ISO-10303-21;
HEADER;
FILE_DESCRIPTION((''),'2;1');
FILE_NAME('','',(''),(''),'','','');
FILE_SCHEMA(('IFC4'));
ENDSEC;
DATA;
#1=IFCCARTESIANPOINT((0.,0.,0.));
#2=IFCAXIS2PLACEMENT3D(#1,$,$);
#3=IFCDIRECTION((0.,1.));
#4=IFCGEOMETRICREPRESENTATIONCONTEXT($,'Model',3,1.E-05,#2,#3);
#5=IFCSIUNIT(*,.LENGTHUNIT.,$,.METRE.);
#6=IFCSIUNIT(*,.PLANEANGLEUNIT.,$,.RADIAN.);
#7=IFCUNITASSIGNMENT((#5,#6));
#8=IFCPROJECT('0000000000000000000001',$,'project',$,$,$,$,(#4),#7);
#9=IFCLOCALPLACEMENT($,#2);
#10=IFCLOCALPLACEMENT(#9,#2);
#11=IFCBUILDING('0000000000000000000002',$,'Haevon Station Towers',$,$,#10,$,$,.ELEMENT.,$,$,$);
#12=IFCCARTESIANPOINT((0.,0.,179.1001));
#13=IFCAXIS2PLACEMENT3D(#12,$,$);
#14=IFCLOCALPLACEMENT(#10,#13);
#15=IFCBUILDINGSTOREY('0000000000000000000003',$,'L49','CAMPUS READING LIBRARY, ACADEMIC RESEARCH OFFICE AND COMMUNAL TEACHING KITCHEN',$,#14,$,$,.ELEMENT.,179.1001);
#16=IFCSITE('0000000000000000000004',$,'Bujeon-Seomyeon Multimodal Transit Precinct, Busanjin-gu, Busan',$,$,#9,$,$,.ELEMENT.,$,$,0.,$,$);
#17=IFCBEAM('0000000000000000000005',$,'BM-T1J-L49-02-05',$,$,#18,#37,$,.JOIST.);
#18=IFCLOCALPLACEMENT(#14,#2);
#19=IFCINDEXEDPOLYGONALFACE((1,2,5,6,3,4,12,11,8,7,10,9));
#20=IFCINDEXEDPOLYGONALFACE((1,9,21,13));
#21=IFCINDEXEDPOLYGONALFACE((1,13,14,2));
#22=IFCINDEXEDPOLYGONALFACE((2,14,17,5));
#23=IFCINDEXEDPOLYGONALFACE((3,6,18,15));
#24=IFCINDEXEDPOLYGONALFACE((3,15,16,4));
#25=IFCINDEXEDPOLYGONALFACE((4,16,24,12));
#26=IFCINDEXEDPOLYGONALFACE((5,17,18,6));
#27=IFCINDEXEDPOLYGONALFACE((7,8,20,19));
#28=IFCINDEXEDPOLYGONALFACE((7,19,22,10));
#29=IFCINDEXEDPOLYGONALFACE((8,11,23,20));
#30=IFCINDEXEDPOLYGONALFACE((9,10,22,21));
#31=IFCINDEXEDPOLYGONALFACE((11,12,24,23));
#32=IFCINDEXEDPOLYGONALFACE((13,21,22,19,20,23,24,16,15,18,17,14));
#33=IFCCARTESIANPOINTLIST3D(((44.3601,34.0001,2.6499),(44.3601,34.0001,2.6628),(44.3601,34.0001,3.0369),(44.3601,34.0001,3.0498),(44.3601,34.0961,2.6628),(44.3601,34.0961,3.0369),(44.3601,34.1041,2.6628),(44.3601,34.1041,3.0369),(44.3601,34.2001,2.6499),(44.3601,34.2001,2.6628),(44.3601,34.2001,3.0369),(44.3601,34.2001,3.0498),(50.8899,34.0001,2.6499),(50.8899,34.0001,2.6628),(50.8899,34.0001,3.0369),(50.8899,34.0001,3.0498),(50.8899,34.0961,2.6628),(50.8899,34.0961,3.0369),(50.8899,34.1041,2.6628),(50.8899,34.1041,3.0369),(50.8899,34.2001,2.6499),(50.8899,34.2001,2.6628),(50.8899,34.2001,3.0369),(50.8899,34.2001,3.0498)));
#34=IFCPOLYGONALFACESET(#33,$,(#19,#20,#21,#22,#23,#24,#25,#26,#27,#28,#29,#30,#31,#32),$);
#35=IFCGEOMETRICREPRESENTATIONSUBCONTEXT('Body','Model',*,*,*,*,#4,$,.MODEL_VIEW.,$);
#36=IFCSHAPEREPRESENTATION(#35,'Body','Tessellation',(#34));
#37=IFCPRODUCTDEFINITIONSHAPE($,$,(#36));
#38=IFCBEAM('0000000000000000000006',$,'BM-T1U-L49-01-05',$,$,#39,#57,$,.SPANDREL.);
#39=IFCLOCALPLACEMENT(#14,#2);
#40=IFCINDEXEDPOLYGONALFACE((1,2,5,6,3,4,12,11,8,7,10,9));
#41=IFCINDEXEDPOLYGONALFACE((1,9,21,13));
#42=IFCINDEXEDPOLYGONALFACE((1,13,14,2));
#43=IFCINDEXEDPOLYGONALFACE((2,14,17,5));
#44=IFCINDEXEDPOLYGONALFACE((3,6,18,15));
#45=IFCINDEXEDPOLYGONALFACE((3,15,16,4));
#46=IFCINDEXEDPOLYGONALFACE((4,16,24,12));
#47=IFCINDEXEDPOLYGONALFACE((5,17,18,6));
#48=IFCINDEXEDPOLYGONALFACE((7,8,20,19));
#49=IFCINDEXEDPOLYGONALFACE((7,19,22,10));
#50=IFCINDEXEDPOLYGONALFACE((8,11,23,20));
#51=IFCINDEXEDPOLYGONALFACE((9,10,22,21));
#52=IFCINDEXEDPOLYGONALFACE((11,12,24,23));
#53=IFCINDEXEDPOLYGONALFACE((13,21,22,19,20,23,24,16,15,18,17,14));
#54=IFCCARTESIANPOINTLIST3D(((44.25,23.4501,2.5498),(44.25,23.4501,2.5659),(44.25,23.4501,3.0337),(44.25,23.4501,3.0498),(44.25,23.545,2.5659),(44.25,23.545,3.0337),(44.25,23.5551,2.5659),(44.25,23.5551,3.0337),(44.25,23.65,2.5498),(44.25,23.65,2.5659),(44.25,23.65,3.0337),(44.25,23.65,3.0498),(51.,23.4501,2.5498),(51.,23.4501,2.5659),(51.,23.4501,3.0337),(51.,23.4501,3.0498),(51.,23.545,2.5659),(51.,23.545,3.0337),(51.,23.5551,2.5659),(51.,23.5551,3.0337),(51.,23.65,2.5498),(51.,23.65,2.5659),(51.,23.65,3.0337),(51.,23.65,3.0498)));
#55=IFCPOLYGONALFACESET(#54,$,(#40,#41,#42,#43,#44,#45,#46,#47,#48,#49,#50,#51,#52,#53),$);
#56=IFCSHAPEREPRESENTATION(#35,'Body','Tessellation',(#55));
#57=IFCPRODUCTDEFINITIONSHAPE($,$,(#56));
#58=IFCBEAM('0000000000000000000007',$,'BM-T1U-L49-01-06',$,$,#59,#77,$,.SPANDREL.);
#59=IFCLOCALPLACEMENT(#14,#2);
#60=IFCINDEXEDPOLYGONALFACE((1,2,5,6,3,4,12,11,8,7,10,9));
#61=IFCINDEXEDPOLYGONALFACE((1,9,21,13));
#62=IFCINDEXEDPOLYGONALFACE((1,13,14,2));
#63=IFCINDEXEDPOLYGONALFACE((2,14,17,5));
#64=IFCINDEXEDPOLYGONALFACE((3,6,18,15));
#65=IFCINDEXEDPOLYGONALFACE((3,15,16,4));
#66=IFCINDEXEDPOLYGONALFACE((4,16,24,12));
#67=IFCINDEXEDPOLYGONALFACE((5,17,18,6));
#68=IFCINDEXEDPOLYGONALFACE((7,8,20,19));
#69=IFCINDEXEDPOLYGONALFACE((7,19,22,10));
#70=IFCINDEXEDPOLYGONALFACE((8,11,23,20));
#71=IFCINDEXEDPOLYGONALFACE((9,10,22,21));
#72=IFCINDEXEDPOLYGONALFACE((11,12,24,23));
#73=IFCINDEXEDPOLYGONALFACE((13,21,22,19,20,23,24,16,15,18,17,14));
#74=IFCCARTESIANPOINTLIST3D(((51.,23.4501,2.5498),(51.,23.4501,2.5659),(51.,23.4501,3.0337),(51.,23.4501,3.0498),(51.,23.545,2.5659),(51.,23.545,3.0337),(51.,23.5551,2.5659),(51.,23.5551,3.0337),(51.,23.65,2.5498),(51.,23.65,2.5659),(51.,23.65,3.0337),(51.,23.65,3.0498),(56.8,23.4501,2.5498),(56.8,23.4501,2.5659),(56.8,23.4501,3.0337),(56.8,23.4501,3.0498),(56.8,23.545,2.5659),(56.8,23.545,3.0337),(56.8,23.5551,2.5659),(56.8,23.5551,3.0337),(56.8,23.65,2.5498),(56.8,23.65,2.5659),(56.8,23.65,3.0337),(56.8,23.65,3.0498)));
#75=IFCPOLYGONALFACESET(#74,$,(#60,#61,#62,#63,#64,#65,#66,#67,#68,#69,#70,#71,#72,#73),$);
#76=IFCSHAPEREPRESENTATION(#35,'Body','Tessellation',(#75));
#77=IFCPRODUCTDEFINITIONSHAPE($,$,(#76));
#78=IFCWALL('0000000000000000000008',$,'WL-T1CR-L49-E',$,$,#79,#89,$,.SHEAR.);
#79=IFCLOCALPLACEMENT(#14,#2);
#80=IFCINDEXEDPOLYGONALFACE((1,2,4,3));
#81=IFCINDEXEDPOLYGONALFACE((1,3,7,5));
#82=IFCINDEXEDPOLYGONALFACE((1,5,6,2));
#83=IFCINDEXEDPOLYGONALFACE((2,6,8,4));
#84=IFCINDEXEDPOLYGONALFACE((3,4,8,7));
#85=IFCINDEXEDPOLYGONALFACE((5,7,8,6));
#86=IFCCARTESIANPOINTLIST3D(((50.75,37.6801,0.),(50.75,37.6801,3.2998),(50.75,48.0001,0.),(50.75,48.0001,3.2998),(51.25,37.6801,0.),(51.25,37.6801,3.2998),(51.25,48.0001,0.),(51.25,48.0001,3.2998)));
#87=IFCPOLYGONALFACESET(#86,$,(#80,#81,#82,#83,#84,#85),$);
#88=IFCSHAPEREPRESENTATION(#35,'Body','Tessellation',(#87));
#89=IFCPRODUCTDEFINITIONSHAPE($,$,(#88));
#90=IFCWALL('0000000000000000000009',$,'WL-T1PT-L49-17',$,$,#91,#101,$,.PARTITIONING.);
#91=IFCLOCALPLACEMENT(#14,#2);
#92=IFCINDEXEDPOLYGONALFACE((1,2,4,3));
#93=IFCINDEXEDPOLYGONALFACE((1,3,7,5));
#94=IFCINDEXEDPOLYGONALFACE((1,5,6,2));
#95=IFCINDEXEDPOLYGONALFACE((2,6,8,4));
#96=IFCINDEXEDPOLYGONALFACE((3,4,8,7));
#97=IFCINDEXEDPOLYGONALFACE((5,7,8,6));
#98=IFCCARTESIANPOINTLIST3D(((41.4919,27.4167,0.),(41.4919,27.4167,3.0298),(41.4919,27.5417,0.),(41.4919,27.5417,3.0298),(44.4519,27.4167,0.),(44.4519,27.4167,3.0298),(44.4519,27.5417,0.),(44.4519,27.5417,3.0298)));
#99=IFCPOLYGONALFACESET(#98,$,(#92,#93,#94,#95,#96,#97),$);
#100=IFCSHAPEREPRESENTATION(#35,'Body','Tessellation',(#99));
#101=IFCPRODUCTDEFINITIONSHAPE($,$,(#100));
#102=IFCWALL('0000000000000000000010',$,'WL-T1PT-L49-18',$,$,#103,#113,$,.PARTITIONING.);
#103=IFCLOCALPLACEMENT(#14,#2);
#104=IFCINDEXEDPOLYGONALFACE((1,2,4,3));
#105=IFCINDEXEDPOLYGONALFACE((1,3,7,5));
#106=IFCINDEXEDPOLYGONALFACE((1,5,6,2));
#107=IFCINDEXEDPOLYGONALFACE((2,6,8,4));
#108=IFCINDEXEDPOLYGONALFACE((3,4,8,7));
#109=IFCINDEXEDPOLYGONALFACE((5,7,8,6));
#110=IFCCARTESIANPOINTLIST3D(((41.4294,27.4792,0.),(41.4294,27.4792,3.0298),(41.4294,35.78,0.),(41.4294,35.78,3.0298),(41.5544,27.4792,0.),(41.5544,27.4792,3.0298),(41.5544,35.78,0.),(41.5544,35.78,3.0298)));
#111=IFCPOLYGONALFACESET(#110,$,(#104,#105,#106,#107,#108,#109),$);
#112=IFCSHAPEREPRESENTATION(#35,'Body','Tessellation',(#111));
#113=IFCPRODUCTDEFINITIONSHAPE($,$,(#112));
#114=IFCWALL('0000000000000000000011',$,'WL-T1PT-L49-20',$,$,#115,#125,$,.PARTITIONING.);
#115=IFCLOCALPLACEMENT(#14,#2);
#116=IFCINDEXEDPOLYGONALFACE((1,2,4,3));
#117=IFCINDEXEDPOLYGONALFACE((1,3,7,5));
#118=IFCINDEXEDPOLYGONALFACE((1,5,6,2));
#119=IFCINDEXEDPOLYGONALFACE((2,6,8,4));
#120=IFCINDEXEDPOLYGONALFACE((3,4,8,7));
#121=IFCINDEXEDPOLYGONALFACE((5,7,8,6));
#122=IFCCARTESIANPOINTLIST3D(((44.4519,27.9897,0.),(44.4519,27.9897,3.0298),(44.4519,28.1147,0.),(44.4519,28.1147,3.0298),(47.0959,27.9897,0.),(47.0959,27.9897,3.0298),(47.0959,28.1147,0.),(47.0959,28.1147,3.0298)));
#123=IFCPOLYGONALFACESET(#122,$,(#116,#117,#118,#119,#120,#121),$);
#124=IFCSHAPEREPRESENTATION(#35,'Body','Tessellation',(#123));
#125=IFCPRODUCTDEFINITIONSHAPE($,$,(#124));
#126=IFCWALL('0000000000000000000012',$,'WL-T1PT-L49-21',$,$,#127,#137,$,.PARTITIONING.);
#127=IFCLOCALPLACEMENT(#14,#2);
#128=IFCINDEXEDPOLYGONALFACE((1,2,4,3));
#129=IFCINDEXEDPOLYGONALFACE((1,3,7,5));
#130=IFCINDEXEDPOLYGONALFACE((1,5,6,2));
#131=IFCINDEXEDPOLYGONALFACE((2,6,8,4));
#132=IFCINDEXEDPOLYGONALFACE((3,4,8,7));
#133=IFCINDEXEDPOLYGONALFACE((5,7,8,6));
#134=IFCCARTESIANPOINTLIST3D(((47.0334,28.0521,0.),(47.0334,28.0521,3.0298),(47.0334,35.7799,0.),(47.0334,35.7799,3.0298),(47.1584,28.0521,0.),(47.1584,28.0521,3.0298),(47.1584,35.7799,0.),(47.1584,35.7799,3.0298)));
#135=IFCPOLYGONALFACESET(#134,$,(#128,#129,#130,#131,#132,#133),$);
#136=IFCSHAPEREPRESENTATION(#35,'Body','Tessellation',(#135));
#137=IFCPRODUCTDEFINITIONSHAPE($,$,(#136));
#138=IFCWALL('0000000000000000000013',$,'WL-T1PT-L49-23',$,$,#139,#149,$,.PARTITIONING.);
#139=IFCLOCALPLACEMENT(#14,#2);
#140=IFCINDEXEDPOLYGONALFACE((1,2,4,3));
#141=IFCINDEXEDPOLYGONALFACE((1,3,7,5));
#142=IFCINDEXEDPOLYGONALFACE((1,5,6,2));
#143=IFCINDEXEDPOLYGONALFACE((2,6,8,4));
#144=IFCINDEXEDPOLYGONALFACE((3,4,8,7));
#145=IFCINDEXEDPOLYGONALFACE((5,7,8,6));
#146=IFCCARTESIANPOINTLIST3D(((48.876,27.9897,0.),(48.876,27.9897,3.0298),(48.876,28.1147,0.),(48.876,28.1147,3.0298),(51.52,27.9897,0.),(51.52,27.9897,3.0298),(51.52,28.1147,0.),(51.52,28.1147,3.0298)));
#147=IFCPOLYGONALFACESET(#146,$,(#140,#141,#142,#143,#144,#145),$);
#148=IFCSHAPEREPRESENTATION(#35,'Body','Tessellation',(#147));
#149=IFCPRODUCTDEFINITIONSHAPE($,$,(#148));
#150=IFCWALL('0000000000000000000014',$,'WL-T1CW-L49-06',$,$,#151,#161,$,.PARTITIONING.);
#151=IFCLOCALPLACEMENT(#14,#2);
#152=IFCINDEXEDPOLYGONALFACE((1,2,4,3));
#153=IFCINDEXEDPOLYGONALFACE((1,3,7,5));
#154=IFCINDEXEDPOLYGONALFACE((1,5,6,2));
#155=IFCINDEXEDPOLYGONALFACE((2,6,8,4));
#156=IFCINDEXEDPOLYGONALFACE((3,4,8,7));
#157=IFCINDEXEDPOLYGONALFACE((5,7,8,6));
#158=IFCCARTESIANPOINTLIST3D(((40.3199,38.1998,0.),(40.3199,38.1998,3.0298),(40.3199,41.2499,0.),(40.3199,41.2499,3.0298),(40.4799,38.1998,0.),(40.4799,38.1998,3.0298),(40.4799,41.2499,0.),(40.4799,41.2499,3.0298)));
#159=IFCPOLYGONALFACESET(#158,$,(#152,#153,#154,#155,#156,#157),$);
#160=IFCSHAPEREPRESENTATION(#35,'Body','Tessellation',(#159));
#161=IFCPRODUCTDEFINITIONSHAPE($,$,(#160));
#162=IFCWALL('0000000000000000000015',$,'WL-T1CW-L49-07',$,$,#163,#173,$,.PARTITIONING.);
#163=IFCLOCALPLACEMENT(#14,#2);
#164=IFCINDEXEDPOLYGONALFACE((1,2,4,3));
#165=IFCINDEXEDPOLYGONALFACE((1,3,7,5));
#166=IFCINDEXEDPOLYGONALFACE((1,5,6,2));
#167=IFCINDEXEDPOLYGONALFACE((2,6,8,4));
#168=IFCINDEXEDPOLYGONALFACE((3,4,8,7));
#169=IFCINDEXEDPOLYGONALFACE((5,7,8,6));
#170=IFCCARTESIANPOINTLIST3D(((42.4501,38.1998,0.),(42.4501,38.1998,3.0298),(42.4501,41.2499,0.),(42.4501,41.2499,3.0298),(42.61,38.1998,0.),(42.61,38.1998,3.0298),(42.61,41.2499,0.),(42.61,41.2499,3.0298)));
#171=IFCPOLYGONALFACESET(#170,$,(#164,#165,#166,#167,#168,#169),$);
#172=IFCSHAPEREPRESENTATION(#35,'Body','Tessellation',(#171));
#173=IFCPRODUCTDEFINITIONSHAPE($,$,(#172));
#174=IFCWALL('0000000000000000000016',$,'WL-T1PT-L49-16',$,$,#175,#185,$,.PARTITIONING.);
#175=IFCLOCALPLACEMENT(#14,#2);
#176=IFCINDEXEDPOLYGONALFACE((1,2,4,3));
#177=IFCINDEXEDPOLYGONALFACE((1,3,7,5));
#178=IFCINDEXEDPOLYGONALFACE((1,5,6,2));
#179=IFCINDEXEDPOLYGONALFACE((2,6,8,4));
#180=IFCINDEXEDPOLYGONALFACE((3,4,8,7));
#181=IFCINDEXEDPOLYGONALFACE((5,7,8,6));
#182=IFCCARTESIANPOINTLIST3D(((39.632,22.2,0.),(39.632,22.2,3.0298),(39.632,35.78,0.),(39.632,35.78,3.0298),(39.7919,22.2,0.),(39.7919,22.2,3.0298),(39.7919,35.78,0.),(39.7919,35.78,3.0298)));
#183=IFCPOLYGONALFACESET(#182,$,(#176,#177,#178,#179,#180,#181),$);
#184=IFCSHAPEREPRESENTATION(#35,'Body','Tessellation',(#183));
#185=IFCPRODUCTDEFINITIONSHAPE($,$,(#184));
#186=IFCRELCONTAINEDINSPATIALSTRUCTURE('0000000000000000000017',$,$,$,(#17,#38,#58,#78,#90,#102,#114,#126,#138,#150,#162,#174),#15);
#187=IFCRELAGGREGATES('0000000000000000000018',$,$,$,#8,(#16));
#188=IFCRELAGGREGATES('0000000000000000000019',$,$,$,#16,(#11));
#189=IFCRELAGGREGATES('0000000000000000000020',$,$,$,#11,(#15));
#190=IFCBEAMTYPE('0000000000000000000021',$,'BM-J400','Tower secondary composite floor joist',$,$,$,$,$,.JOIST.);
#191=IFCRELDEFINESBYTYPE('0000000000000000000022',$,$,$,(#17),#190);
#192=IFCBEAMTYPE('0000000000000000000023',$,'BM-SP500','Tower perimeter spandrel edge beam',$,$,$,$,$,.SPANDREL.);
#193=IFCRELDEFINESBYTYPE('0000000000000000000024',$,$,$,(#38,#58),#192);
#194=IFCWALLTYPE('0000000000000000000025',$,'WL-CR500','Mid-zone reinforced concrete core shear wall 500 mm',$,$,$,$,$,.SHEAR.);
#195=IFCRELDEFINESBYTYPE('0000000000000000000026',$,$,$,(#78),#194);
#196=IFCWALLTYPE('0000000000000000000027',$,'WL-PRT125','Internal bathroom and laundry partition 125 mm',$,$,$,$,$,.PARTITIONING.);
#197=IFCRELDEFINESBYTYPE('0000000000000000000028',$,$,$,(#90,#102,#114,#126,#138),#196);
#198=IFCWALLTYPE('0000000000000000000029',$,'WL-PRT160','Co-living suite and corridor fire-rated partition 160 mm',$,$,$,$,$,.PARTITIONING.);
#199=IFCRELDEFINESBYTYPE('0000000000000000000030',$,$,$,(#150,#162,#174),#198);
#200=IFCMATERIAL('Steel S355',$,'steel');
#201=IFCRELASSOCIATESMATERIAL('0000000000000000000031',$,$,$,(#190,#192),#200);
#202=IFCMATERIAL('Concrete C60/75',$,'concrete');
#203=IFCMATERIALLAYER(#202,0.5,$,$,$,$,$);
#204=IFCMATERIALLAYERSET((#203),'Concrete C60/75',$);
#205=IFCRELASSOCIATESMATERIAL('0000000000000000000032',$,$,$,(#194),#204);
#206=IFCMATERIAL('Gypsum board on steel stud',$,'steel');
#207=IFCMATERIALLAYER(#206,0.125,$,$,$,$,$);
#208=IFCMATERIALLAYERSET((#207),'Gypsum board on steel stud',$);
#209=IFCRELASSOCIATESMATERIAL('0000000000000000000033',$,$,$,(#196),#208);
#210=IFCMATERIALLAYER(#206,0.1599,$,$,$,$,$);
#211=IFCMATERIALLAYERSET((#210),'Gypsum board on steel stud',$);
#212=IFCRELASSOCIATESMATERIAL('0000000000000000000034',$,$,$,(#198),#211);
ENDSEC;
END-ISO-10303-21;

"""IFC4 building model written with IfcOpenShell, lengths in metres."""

from ifc_helpers import new_model, si_unit, direction, frame, frame_2d, origin, origin_2d, place, context, subcontext, project, spatial, rectangle, i_section, extrude, material, layer, layer_set, material_profile, profile_set, type_object, element, save


model = new_model("IFC4")

# Units and contexts
model_context = context("Model", 3, precision=1e-05, world=origin(), true_north=direction((0.0, 1.0)))
body_context = subcontext(model_context, "Body", "Model", "MODEL_VIEW")
ifc_project = project(units=[si_unit("LENGTHUNIT", "METRE"), si_unit("PLANEANGLEUNIT", "RADIAN")], contexts=[model_context])

# Site, building, storey
site_placement = place(None, origin())
site = spatial("IfcSite", under=ifc_project, at=site_placement, Name="Bujeon-Seomyeon Multimodal Transit Precinct, Busanjin-gu, Busan", CompositionType="ELEMENT", RefElevation=0.0)
building_placement = place(site_placement, origin())
building = spatial("IfcBuilding", under=site, at=building_placement, Name="Haevon Station Towers", CompositionType="ELEMENT")
storey_placement = place(building_placement, frame((0.0, 0.0, 179.1001)))
storey = spatial("IfcBuildingStorey", under=building, at=storey_placement, Name="L49", Description="CAMPUS READING LIBRARY, ACADEMIC RESEARCH OFFICE AND COMMUNAL TEACHING KITCHEN", CompositionType="ELEMENT", Elevation=179.1001)

# Shared definitions
ifc_material_1 = material(Name="Steel S355", Category="steel")

# Beams
ifc_material_profile_1 = material_profile(ifc_material_1, i_section(OverallWidth=0.2, OverallDepth=0.3999, WebThickness=0.0081, FlangeThickness=0.0129, at=origin_2d()), Name="H-400x200x8x13")
ifc_profile_set_1 = profile_set([ifc_material_profile_1], Name="Steel S355")
beam_type_1 = type_object("IfcBeamType", Name="BM-J400", Description="Tower secondary composite floor joist", PredefinedType="JOIST", material=ifc_profile_set_1)
for number, where, z_axis, x_axis, name in (
    (1, (44.3601, 34.1001, 2.8499), (1.0, 0.0, 0.0), (0.0, 1.0, 0.0), "BM-T1J-L49-02-05"),
):
    element("IfcBeam", number, at=place(storey_placement, frame(where, z_axis=z_axis, x_axis=x_axis)), inside=storey, type_object=beam_type_1, Name=name, PredefinedType="JOIST", context=body_context, shape_type="SweptSolid", body=[
        extrude(i_section(OverallWidth=0.2, OverallDepth=0.3999, WebThickness=0.0081, FlangeThickness=0.0129, at=origin_2d()), origin(), (0.0, 0.0, 1.0), 6.5298),
    ])
ifc_material_profile_2 = material_profile(ifc_material_1, i_section(OverallWidth=0.2, OverallDepth=0.5, WebThickness=0.01, FlangeThickness=0.0161, at=origin_2d()), Name="H-500x200x10x16")
ifc_profile_set_2 = profile_set([ifc_material_profile_2], Name="Steel S355")
beam_type_2 = type_object("IfcBeamType", Name="BM-SP500", Description="Tower perimeter spandrel edge beam", PredefinedType="SPANDREL", material=ifc_profile_set_2)
beam_1_placement = place(storey_placement, frame((44.25, 23.55, 2.7998), z_axis=(1.0, 0.0, 0.0), x_axis=(0.0, 1.0, 0.0)))
element("IfcBeam", 2, at=beam_1_placement, inside=storey, type_object=beam_type_2, Name="BM-T1U-L49-01-05", PredefinedType="SPANDREL", context=body_context, shape_type="SweptSolid", body=[
    extrude(i_section(OverallWidth=0.2, OverallDepth=0.5, WebThickness=0.01, FlangeThickness=0.0161, at=origin_2d()), origin(), (0.0, 0.0, 1.0), 6.75),
])
beam_2_placement = place(storey_placement, frame((51.0, 23.55, 2.7998), z_axis=(1.0, 0.0, 0.0), x_axis=(0.0, 1.0, 0.0)))
element("IfcBeam", 3, at=beam_2_placement, inside=storey, type_object=beam_type_2, Name="BM-T1U-L49-01-06", PredefinedType="SPANDREL", context=body_context, shape_type="SweptSolid", body=[
    extrude(i_section(OverallWidth=0.2, OverallDepth=0.5, WebThickness=0.01, FlangeThickness=0.0161, at=origin_2d()), origin(), (0.0, 0.0, 1.0), 5.8),
])

# Walls
ifc_material_2 = material(Name="Concrete C60/75", Category="concrete")
ifc_layer_1 = layer(ifc_material_2, 0.5)
ifc_layer_set_1 = layer_set([ifc_layer_1], Name="Concrete C60/75")
wall_type_1 = type_object("IfcWallType", Name="WL-CR500", Description="Mid-zone reinforced concrete core shear wall 500 mm", PredefinedType="SHEAR", material=ifc_layer_set_1)
wall_1_placement = place(storey_placement, frame((51.0, 37.6799, 0.0), z_axis=(0.0, 0.0, 1.0), x_axis=(0.0, 1.0, 0.0)))
element("IfcWall", 4, at=wall_1_placement, inside=storey, type_object=wall_type_1, Name="WL-T1CR-L49-E", PredefinedType="SHEAR", context=body_context, shape_type="SweptSolid", body=[
    extrude(rectangle(XDim=10.3201, YDim=0.5, at=frame_2d((5.1602, 0.0))), origin(), (0.0, 0.0, 1.0), 3.2998),
])
ifc_material_3 = material(Name="Gypsum board on steel stud", Category="steel")
ifc_layer_2 = layer(ifc_material_3, 0.125)
ifc_layer_set_2 = layer_set([ifc_layer_2], Name="Gypsum board on steel stud")
wall_type_2 = type_object("IfcWallType", Name="WL-PRT125", Description="Internal bathroom and laundry partition 125 mm", PredefinedType="PARTITIONING", material=ifc_layer_set_2)
wall_2_placement = place(storey_placement, frame((41.4919, 27.4792, 0.0), z_axis=(0.0, 0.0, 1.0), x_axis=(1.0, 0.0, 0.0)))
element("IfcWall", 5, at=wall_2_placement, inside=storey, type_object=wall_type_2, Name="WL-T1PT-L49-17", PredefinedType="PARTITIONING", context=body_context, shape_type="SweptSolid", body=[
    extrude(rectangle(XDim=2.96, YDim=0.125, at=frame_2d((1.48, 0.0))), origin(), (0.0, 0.0, 1.0), 3.0298),
])
wall_3_placement = place(storey_placement, frame((41.4919, 27.4792, 0.0), z_axis=(0.0, 0.0, 1.0), x_axis=(0.0, 1.0, 0.0)))
element("IfcWall", 6, at=wall_3_placement, inside=storey, type_object=wall_type_2, Name="WL-T1PT-L49-18", PredefinedType="PARTITIONING", context=body_context, shape_type="SweptSolid", body=[
    extrude(rectangle(XDim=8.3008, YDim=0.125, at=frame_2d((4.1504, 0.0))), origin(), (0.0, 0.0, 1.0), 3.0298),
])
wall_4_placement = place(storey_placement, frame((44.4519, 28.0522, 0.0), z_axis=(0.0, 0.0, 1.0), x_axis=(1.0, 0.0, 0.0)))
element("IfcWall", 7, at=wall_4_placement, inside=storey, type_object=wall_type_2, Name="WL-T1PT-L49-20", PredefinedType="PARTITIONING", context=body_context, shape_type="SweptSolid", body=[
    extrude(rectangle(XDim=2.644, YDim=0.125, at=frame_2d((1.322, 0.0))), origin(), (0.0, 0.0, 1.0), 3.0298),
])
wall_5_placement = place(storey_placement, frame((47.0959, 28.0522, 0.0), z_axis=(0.0, 0.0, 1.0), x_axis=(0.0, 1.0, 0.0)))
element("IfcWall", 8, at=wall_5_placement, inside=storey, type_object=wall_type_2, Name="WL-T1PT-L49-21", PredefinedType="PARTITIONING", context=body_context, shape_type="SweptSolid", body=[
    extrude(rectangle(XDim=7.7278, YDim=0.125, at=frame_2d((3.8638, 0.0))), origin(), (0.0, 0.0, 1.0), 3.0298),
])
wall_6_placement = place(storey_placement, frame((48.876, 28.0522, 0.0), z_axis=(0.0, 0.0, 1.0), x_axis=(1.0, 0.0, 0.0)))
element("IfcWall", 9, at=wall_6_placement, inside=storey, type_object=wall_type_2, Name="WL-T1PT-L49-23", PredefinedType="PARTITIONING", context=body_context, shape_type="SweptSolid", body=[
    extrude(rectangle(XDim=2.644, YDim=0.125, at=frame_2d((1.322, 0.0))), origin(), (0.0, 0.0, 1.0), 3.0298),
])
ifc_layer_3 = layer(ifc_material_3, 0.1599)
ifc_layer_set_3 = layer_set([ifc_layer_3], Name="Gypsum board on steel stud")
wall_type_3 = type_object("IfcWallType", Name="WL-PRT160", Description="Co-living suite and corridor fire-rated partition 160 mm", PredefinedType="PARTITIONING", material=ifc_layer_set_3)
for number, where, z_axis, x_axis, name in (
    (10, (40.3999, 38.2, 0.0), (0.0, 0.0, 1.0), (0.0, 1.0, 0.0), "WL-T1CW-L49-06"),
    (11, (42.53, 38.2, 0.0), (0.0, 0.0, 1.0), (0.0, 1.0, 0.0), "WL-T1CW-L49-07"),
):
    element("IfcWall", number, at=place(storey_placement, frame(where, z_axis=z_axis, x_axis=x_axis)), inside=storey, type_object=wall_type_3, Name=name, PredefinedType="PARTITIONING", context=body_context, shape_type="SweptSolid", body=[
        extrude(rectangle(XDim=3.05, YDim=0.1599, at=frame_2d((1.5249, 0.0))), origin(), (0.0, 0.0, 1.0), 3.0298),
    ])
wall_7_placement = place(storey_placement, frame((39.7119, 22.2, 0.0), z_axis=(0.0, 0.0, 1.0), x_axis=(0.0, 1.0, 0.0)))
element("IfcWall", 12, at=wall_7_placement, inside=storey, type_object=wall_type_3, Name="WL-T1PT-L49-16", PredefinedType="PARTITIONING", context=body_context, shape_type="SweptSolid", body=[
    extrude(rectangle(XDim=13.5801, YDim=0.1599, at=frame_2d((6.79, 0.0))), origin(), (0.0, 0.0, 1.0), 3.0298),
])

save(model, "model.ifc")
